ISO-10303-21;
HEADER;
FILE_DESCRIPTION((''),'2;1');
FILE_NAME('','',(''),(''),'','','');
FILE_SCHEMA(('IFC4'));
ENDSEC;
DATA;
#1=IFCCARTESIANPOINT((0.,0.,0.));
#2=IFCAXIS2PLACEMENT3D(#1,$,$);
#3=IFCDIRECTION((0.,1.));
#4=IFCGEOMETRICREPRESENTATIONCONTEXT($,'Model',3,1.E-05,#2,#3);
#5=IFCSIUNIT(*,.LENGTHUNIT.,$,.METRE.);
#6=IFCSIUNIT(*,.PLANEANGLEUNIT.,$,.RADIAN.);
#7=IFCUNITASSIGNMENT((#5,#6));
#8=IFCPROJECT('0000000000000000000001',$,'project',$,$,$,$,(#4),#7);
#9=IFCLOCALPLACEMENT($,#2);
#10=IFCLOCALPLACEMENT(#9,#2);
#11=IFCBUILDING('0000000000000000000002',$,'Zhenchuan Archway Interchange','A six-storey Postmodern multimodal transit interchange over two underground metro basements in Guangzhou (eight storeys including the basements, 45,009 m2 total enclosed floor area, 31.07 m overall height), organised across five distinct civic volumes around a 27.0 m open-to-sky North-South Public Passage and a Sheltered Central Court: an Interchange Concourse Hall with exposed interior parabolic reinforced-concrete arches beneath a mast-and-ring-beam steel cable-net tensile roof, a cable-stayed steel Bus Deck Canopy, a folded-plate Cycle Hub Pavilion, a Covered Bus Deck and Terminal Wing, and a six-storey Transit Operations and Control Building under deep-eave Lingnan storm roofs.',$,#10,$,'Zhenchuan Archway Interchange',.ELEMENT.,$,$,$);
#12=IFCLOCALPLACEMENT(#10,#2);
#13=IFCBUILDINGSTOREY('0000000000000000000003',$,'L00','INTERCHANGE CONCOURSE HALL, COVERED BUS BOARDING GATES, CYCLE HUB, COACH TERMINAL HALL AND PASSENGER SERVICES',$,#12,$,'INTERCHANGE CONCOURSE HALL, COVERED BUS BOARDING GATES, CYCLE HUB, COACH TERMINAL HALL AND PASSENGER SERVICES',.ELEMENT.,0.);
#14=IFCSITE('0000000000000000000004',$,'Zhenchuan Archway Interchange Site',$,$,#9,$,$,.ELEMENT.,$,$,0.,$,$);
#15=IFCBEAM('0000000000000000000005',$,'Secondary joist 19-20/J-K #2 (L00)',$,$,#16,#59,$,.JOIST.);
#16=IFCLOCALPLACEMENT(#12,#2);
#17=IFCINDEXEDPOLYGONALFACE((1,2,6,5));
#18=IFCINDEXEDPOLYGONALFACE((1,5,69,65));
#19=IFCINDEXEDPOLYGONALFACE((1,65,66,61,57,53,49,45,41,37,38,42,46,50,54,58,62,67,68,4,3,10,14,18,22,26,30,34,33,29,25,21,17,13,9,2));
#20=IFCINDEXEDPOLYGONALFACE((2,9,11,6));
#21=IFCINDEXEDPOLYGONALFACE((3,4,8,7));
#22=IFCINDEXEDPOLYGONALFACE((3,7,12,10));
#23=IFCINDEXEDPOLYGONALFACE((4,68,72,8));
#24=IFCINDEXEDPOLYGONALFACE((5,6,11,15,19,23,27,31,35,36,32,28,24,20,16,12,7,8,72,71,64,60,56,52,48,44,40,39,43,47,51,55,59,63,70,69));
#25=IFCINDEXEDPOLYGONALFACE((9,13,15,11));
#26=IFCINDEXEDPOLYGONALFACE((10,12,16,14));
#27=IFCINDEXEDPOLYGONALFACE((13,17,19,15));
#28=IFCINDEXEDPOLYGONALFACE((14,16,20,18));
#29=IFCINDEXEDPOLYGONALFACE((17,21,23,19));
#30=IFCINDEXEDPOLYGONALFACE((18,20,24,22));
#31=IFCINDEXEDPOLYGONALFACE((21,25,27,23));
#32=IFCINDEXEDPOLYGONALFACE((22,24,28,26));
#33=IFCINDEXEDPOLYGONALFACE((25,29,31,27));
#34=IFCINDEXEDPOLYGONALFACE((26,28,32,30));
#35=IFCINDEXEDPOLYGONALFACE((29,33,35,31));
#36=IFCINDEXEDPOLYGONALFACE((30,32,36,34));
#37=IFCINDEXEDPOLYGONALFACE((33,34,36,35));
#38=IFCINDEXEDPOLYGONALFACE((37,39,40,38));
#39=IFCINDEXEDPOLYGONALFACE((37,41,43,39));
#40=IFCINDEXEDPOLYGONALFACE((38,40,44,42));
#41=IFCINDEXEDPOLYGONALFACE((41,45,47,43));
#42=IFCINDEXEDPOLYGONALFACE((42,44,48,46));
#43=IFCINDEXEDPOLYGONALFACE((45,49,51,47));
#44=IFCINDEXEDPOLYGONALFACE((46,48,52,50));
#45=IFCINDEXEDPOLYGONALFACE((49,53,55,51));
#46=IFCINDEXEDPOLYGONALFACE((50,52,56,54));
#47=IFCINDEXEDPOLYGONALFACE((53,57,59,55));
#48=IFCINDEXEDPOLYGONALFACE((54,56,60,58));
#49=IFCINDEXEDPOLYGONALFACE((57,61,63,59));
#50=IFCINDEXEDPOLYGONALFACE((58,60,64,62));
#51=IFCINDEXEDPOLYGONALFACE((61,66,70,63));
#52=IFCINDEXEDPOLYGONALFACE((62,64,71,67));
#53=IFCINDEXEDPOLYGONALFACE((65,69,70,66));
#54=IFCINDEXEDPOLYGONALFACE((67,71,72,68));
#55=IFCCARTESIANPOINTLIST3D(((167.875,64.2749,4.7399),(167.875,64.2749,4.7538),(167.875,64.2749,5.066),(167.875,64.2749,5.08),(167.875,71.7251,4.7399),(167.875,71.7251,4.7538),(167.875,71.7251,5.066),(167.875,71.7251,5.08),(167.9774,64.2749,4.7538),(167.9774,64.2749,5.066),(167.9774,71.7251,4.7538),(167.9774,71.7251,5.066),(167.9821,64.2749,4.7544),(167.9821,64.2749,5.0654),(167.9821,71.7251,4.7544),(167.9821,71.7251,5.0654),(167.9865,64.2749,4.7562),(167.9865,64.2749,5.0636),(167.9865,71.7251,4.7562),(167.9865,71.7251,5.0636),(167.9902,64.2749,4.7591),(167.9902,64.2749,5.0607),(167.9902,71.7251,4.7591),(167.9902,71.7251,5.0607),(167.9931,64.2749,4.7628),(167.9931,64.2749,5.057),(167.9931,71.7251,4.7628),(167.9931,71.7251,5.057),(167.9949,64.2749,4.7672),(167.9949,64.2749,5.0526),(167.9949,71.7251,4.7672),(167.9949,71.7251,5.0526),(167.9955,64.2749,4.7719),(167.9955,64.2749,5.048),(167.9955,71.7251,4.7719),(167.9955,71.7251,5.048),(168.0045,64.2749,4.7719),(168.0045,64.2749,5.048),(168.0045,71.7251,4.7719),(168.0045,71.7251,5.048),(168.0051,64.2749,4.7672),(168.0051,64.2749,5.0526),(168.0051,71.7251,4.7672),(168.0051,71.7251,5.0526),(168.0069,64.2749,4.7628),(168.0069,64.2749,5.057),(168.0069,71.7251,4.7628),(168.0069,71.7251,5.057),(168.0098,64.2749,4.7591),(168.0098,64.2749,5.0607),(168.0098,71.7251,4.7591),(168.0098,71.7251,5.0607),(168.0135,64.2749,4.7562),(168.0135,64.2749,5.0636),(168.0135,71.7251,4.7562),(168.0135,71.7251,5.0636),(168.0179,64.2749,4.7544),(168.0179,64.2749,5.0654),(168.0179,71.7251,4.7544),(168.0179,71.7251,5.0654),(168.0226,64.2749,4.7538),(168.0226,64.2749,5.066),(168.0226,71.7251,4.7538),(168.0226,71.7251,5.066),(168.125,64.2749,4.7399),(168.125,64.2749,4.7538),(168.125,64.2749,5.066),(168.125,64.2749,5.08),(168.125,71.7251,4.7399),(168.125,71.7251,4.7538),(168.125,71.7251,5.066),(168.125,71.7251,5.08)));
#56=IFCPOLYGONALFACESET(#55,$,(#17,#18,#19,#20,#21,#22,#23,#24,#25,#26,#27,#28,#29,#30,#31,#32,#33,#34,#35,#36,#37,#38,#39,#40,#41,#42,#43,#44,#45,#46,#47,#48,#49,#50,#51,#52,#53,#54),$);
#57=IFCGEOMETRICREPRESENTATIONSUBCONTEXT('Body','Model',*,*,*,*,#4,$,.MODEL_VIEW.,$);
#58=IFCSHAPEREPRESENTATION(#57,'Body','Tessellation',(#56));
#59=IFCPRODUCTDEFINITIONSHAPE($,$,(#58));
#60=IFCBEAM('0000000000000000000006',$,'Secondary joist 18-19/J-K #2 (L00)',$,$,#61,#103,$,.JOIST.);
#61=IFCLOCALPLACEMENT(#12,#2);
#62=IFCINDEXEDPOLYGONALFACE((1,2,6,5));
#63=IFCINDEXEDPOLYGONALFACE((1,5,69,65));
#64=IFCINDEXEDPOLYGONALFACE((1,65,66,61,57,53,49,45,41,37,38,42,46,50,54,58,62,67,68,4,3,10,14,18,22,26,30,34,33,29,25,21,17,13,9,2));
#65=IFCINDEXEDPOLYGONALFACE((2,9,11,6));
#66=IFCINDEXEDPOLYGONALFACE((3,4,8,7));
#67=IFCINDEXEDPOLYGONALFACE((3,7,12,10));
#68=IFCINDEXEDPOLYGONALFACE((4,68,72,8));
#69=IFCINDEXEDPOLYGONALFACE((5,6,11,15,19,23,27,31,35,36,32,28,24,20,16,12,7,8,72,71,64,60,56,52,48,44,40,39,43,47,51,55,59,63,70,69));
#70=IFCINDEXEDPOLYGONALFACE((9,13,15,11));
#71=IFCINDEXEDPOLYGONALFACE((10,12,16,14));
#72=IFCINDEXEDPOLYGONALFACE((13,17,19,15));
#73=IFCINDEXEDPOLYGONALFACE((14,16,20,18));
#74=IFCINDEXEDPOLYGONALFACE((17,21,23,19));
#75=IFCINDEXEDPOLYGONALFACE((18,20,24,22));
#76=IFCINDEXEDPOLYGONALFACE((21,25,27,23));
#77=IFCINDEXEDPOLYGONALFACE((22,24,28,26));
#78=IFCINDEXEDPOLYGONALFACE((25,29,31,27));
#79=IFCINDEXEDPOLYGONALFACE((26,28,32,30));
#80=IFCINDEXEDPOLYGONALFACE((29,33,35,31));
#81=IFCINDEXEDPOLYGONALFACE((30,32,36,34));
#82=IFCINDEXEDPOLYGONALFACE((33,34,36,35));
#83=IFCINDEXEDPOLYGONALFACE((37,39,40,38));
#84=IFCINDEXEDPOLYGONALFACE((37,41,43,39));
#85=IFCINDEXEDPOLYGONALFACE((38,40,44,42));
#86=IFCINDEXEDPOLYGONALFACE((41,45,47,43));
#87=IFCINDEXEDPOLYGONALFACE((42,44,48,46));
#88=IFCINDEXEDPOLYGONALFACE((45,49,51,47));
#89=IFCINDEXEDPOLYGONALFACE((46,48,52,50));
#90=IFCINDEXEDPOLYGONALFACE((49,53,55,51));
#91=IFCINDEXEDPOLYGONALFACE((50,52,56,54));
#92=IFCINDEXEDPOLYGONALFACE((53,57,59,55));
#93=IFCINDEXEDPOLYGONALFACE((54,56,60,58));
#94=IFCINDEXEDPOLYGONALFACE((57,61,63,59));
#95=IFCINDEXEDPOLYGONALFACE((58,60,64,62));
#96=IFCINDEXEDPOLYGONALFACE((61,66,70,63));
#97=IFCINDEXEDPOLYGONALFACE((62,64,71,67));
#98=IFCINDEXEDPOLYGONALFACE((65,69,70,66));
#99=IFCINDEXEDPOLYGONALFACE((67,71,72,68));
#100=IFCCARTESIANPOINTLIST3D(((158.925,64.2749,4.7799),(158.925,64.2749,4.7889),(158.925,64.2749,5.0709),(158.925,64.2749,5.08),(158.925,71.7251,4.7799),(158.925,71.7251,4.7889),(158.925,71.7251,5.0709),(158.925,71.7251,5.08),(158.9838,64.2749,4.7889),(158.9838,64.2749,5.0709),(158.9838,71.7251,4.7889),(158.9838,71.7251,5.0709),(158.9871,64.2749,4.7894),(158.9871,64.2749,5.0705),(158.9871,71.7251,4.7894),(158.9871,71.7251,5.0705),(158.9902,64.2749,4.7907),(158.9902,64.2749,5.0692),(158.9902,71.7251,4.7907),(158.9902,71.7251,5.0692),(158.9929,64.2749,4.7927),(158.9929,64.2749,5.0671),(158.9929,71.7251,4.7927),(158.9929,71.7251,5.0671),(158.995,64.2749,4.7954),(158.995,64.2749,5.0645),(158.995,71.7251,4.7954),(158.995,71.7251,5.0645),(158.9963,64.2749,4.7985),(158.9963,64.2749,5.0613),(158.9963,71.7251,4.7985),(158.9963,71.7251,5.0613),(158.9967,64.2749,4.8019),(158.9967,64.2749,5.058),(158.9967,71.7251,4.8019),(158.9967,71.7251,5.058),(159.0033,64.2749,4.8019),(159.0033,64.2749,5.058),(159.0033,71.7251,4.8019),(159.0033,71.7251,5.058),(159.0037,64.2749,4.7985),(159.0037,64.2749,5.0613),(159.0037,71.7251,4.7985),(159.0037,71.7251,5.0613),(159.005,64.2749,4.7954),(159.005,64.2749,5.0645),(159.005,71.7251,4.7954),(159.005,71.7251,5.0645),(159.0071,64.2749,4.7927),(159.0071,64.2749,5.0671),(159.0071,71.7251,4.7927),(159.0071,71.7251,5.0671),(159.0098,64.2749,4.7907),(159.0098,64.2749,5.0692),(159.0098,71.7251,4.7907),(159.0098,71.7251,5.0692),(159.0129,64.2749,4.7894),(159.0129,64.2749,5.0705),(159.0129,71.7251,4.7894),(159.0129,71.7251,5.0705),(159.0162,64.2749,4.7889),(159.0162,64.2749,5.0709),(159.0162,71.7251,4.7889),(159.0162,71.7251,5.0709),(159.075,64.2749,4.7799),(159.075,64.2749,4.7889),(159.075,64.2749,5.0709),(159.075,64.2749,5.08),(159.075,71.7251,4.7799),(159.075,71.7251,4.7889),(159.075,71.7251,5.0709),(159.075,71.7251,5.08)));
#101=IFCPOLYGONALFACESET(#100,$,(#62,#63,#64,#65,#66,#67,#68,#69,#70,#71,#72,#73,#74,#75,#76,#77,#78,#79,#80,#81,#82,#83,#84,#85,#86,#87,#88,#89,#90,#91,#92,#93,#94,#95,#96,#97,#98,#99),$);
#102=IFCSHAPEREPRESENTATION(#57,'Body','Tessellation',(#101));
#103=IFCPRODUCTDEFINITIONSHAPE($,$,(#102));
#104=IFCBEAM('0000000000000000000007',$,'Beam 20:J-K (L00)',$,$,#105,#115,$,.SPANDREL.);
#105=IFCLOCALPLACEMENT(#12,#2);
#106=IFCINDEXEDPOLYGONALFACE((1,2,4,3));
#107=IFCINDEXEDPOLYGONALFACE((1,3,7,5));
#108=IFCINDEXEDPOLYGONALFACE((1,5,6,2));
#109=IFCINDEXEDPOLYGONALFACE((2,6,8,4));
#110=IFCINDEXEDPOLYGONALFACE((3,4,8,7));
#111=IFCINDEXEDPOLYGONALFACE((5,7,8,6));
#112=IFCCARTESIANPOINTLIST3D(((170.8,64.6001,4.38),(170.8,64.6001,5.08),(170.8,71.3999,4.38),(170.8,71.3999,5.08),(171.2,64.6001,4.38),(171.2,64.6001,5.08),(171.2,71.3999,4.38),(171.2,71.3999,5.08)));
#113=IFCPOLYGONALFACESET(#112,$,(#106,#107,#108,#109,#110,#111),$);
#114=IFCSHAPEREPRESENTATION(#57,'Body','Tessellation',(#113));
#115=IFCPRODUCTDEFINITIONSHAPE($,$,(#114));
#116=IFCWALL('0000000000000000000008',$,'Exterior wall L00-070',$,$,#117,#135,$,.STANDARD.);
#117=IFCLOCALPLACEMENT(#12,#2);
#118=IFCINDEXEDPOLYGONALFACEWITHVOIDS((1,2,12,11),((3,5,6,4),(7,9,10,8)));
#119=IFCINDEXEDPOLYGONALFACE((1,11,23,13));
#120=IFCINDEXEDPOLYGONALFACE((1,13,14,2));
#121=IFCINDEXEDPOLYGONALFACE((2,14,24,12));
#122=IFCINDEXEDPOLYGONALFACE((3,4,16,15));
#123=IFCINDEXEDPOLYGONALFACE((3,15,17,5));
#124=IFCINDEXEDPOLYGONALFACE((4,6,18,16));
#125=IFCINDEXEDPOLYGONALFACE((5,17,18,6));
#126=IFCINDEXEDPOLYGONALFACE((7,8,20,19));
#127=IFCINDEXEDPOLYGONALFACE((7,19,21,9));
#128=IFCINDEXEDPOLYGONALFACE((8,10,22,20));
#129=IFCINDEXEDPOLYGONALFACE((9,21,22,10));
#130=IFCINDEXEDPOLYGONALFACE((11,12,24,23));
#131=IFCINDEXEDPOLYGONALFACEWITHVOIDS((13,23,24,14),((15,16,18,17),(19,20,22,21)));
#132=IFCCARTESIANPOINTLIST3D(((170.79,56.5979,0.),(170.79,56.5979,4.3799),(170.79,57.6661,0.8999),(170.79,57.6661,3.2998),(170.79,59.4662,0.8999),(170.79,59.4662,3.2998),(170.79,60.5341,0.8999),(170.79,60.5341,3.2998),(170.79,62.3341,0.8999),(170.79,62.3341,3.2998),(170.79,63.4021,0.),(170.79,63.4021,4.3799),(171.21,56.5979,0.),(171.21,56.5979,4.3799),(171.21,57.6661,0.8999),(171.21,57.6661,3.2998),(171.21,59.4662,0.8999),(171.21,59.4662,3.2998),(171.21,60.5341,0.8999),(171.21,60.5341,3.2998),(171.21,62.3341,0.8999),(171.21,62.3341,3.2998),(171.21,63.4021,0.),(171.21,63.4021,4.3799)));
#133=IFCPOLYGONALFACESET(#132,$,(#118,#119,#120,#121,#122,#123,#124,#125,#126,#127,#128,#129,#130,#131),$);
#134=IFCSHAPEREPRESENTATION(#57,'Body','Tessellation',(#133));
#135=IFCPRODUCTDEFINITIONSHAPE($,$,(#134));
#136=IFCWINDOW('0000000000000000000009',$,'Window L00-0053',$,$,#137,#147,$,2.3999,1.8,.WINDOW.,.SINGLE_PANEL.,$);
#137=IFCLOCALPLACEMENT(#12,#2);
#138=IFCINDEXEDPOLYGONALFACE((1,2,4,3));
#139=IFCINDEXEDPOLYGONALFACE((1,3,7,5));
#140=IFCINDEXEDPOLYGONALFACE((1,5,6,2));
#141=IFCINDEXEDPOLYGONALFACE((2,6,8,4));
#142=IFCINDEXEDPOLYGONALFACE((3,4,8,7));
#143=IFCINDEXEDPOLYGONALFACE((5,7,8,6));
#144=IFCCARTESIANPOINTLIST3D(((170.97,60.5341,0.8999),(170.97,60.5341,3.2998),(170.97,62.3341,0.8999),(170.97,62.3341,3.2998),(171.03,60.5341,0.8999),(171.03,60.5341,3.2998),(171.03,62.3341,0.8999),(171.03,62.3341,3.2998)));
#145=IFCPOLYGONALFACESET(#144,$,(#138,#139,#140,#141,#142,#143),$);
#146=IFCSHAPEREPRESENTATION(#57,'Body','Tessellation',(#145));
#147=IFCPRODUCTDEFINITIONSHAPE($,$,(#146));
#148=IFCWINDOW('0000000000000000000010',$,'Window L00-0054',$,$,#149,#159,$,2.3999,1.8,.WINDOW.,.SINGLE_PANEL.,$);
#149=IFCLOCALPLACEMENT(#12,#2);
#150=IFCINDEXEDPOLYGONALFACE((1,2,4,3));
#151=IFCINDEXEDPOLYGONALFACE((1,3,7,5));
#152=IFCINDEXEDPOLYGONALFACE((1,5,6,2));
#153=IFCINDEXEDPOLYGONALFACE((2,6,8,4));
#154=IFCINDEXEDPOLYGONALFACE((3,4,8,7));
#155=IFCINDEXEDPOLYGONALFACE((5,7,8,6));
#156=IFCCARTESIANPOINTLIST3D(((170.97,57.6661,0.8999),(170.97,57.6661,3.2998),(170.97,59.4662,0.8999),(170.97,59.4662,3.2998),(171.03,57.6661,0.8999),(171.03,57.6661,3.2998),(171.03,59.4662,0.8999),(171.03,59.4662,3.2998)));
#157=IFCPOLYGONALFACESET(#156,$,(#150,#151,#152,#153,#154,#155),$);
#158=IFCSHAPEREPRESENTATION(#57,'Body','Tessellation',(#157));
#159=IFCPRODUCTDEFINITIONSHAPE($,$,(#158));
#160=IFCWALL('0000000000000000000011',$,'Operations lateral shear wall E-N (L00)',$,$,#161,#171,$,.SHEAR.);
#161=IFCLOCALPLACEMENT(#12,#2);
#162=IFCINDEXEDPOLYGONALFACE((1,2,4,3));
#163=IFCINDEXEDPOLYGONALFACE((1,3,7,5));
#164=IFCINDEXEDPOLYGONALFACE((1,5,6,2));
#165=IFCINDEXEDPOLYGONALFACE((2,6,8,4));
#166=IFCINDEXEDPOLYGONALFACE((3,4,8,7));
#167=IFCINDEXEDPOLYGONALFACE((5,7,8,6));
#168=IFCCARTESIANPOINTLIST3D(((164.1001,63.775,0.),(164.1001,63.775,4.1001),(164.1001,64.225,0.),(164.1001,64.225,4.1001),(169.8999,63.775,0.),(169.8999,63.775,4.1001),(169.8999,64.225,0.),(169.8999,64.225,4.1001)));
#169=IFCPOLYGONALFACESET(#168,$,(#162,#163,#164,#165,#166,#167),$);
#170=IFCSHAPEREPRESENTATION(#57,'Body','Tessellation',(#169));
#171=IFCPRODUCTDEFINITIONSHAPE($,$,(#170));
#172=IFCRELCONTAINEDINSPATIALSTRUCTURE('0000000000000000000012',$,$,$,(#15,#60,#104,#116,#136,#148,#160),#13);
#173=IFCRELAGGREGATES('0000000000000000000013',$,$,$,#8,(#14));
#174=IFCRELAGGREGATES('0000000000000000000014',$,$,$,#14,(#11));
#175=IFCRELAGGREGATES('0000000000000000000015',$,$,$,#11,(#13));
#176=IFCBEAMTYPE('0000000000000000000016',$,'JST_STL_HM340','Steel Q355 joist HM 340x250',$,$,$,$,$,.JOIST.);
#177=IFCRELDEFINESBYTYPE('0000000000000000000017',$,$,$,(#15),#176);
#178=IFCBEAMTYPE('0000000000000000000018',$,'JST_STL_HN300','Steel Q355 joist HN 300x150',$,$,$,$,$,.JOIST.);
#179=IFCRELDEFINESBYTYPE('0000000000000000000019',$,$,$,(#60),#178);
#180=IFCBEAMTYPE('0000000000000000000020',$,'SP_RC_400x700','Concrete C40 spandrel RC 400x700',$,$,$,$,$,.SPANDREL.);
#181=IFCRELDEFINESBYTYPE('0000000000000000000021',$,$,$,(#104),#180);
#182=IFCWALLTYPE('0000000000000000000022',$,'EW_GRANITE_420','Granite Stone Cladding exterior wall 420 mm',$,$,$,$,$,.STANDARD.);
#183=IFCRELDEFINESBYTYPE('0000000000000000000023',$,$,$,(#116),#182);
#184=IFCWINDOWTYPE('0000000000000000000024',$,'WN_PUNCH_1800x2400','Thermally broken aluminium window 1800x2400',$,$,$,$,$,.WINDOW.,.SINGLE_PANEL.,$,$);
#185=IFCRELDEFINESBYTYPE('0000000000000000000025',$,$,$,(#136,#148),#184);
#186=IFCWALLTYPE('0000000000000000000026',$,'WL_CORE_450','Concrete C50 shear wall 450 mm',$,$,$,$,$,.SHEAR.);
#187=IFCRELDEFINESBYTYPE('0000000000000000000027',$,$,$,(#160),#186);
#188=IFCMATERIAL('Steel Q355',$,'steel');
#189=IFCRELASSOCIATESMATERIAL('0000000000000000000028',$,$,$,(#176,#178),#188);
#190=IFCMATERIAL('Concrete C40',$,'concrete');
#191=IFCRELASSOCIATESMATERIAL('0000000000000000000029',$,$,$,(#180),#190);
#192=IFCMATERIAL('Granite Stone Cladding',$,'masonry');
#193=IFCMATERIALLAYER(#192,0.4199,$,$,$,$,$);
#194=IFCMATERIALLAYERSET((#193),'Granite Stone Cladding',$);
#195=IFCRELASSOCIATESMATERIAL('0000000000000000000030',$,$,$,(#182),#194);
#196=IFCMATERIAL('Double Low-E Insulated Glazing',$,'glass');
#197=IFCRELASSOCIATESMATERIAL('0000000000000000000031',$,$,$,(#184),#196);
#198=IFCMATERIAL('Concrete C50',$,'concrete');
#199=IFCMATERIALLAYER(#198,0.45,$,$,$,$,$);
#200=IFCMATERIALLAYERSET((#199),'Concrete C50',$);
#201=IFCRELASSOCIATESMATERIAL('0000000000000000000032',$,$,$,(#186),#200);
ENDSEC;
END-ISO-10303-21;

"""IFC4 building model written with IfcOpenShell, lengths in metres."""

from ifc_helpers import new_model, si_unit, direction, frame, frame_2d, origin, origin_2d, place, context, subcontext, project, spatial, rectangle, i_section, extrude, material, layer, layer_set, material_profile, profile_set, type_object, element, fill, save


model = new_model("IFC4")

# Units and contexts
model_context = context("Model", 3, precision=1e-05, world=origin(), true_north=direction((0.0, 1.0)))
body_context = subcontext(model_context, "Body", "Model", "MODEL_VIEW")
ifc_project = project(units=[si_unit("LENGTHUNIT", "METRE"), si_unit("PLANEANGLEUNIT", "RADIAN")], contexts=[model_context])

# Site, building, storey
site_placement = place(None, origin())
site = spatial("IfcSite", under=ifc_project, at=site_placement, Name="Zhenchuan Archway Interchange Site", CompositionType="ELEMENT", RefElevation=0.0)
building_placement = place(site_placement, origin())
building = spatial("IfcBuilding", under=site, at=building_placement, Name="Zhenchuan Archway Interchange", Description="A six-storey Postmodern multimodal transit interchange over two underground metro basements in Guangzhou (eight storeys including the basements, 45,009 m2 total enclosed floor area, 31.07 m overall height), organised across five distinct civic volumes around a 27.0 m open-to-sky North-South Public Passage and a Sheltered Central Court: an Interchange Concourse Hall with exposed interior parabolic reinforced-concrete arches beneath a mast-and-ring-beam steel cable-net tensile roof, a cable-stayed steel Bus Deck Canopy, a folded-plate Cycle Hub Pavilion, a Covered Bus Deck and Terminal Wing, and a six-storey Transit Operations and Control Building under deep-eave Lingnan storm roofs.", LongName="Zhenchuan Archway Interchange", CompositionType="ELEMENT")
storey_placement = place(building_placement, origin())
storey = spatial("IfcBuildingStorey", under=building, at=storey_placement, Name="L00", Description="INTERCHANGE CONCOURSE HALL, COVERED BUS BOARDING GATES, CYCLE HUB, COACH TERMINAL HALL AND PASSENGER SERVICES", LongName="INTERCHANGE CONCOURSE HALL, COVERED BUS BOARDING GATES, CYCLE HUB, COACH TERMINAL HALL AND PASSENGER SERVICES", CompositionType="ELEMENT", Elevation=0.0)

# Shared definitions
ifc_material_1 = material(Name="Concrete C50", Category="concrete")

# Shared definitions
ifc_material_2 = material(Name="Concrete C40", Category="concrete")

# Beams
ifc_material_3 = material(Name="Steel Q355", Category="steel")
ifc_material_profile_1 = material_profile(ifc_material_3, i_section(OverallWidth=0.25, OverallDepth=0.3401, WebThickness=0.009, FlangeThickness=0.0139, FilletRadius=0.0181, at=origin_2d()), Name="HM 340x250")
ifc_profile_set_1 = profile_set([ifc_material_profile_1], Name="Steel Q355")
beam_type_1 = type_object("IfcBeamType", Name="JST_STL_HM340", Description="Steel Q355 joist HM 340x250", PredefinedType="JOIST", material=ifc_profile_set_1)
for number, where, z_axis, x_axis, name in (
    (1, (168.0, 64.2749, 4.9099), (0.0, 1.0, 0.0), (-1.0, 0.0, 0.0), "Secondary joist 19-20/J-K #2 (L00)"),
):
    element("IfcBeam", number, at=place(storey_placement, frame(where, z_axis=z_axis, x_axis=x_axis)), inside=storey, type_object=beam_type_1, Name=name, PredefinedType="JOIST", context=body_context, shape_type="SweptSolid", body=[
        extrude(i_section(OverallWidth=0.25, OverallDepth=0.3401, WebThickness=0.009, FlangeThickness=0.0139, FilletRadius=0.0181, at=origin_2d()), origin(), (0.0, 0.0, 1.0), 7.4502),
    ])
ifc_material_profile_2 = material_profile(ifc_material_3, i_section(OverallWidth=0.1499, OverallDepth=0.3, WebThickness=0.0066, FlangeThickness=0.009, FilletRadius=0.0129, at=origin_2d()), Name="HN 300x150")
ifc_profile_set_2 = profile_set([ifc_material_profile_2], Name="Steel Q355")
beam_type_2 = type_object("IfcBeamType", Name="JST_STL_HN300", Description="Steel Q355 joist HN 300x150", PredefinedType="JOIST", material=ifc_profile_set_2)
beam_1_placement = place(storey_placement, frame((159.0, 64.2749, 4.9299), z_axis=(0.0, 1.0, 0.0), x_axis=(-1.0, 0.0, 0.0)))
element("IfcBeam", 2, at=beam_1_placement, inside=storey, type_object=beam_type_2, Name="Secondary joist 18-19/J-K #2 (L00)", PredefinedType="JOIST", context=body_context, shape_type="SweptSolid", body=[
    extrude(i_section(OverallWidth=0.1499, OverallDepth=0.3, WebThickness=0.0066, FlangeThickness=0.009, FilletRadius=0.0129, at=origin_2d()), origin(), (0.0, 0.0, 1.0), 7.4502),
])
ifc_material_profile_3 = material_profile(ifc_material_2, rectangle(XDim=0.3999, YDim=0.7, at=origin_2d()), Name="RC 400x700")
ifc_profile_set_3 = profile_set([ifc_material_profile_3], Name="Concrete C40")
beam_type_3 = type_object("IfcBeamType", Name="SP_RC_400x700", Description="Concrete C40 spandrel RC 400x700", PredefinedType="SPANDREL", material=ifc_profile_set_3)
beam_2_placement = place(storey_placement, frame((171.0, 64.6001, 4.73), z_axis=(0.0, 1.0, 0.0), x_axis=(-1.0, 0.0, 0.0)))
element("IfcBeam", 3, at=beam_2_placement, inside=storey, type_object=beam_type_3, Name="Beam 20:J-K (L00)", PredefinedType="SPANDREL", context=body_context, shape_type="SweptSolid", body=[
    extrude(rectangle(XDim=0.3999, YDim=0.7, at=origin_2d()), origin(), (0.0, 0.0, 1.0), 6.7998),
])

# Wall, openings, windows
ifc_material_4 = material(Name="Granite Stone Cladding", Category="masonry")
ifc_layer_1 = layer(ifc_material_4, 0.4199)
ifc_layer_set_1 = layer_set([ifc_layer_1], Name="Granite Stone Cladding")
wall_type_1 = type_object("IfcWallType", Name="EW_GRANITE_420", Description="Granite Stone Cladding exterior wall 420 mm", PredefinedType="STANDARD", material=ifc_layer_set_1)
wall_1_placement = place(storey_placement, frame((171.0, 63.4021, 0.0), z_axis=(0.0, 0.0, 1.0), x_axis=(0.0, -1.0, 0.0)))
wall_1 = element("IfcWall", 4, at=wall_1_placement, inside=storey, type_object=wall_type_1, Name="Exterior wall L00-070", PredefinedType="STANDARD", context=body_context, shape_type="SweptSolid", body=[
    extrude(rectangle(XDim=6.8042, YDim=0.4199, at=frame_2d((3.4021, 0.0))), origin(), (0.0, 0.0, 1.0), 4.3799),
])
opening_1_placement = place(wall_1_placement, frame((1.0681, 0.0, 0.8999)))
opening_1 = element("IfcOpeningElement", 5, at=opening_1_placement, cuts=wall_1, PredefinedType="OPENING", context=body_context, shape_type="SweptSolid", body=[
    extrude(rectangle(XDim=1.8, YDim=2.3999, at=frame_2d((0.8999, 1.2))), frame((0.0, 0.2219, 0.0), z_axis=(0.0, -1.0, 0.0), x_axis=(1.0, 0.0, 0.0)), (0.0, 0.0, 1.0), 0.4438),
])
opening_2_placement = place(wall_1_placement, frame((3.936, 0.0, 0.8999)))
opening_2 = element("IfcOpeningElement", 6, at=opening_2_placement, cuts=wall_1, PredefinedType="OPENING", context=body_context, shape_type="SweptSolid", body=[
    extrude(rectangle(XDim=1.8, YDim=2.3999, at=frame_2d((0.8999, 1.2))), frame((0.0, 0.2219, 0.0), z_axis=(0.0, -1.0, 0.0), x_axis=(1.0, 0.0, 0.0)), (0.0, 0.0, 1.0), 0.4438),
])
ifc_material_5 = material(Name="Double Low-E Insulated Glazing", Category="glass")
window_type = type_object("IfcWindowType", Name="WN_PUNCH_1800x2400", Description="Thermally broken aluminium window 1800x2400", PartitioningType="SINGLE_PANEL", PredefinedType="WINDOW", material=ifc_material_5)
window_1_placement = place(opening_1_placement, origin())
window_1 = element("IfcWindow", 7, at=window_1_placement, inside=storey, type_object=window_type, Name="Window L00-0053", OverallHeight=2.3999, OverallWidth=1.8, PartitioningType="SINGLE_PANEL", PredefinedType="WINDOW", context=body_context, shape_type="SweptSolid", body=[
    extrude(rectangle(XDim=1.8, YDim=2.3999, at=frame_2d((0.8999, 1.2))), frame((0.0, 0.03, 0.0), z_axis=(0.0, -1.0, 0.0), x_axis=(1.0, 0.0, 0.0)), (0.0, 0.0, 1.0), 0.0601),
])
fill(opening_1, window_1)
window_2_placement = place(opening_2_placement, origin())
window_2 = element("IfcWindow", 8, at=window_2_placement, inside=storey, type_object=window_type, Name="Window L00-0054", OverallHeight=2.3999, OverallWidth=1.8, PartitioningType="SINGLE_PANEL", PredefinedType="WINDOW", context=body_context, shape_type="SweptSolid", body=[
    extrude(rectangle(XDim=1.8, YDim=2.3999, at=frame_2d((0.8999, 1.2))), frame((0.0, 0.03, 0.0), z_axis=(0.0, -1.0, 0.0), x_axis=(1.0, 0.0, 0.0)), (0.0, 0.0, 1.0), 0.0601),
])
fill(opening_2, window_2)

# Wall
ifc_layer_2 = layer(ifc_material_1, 0.45)
ifc_layer_set_2 = layer_set([ifc_layer_2], Name="Concrete C50")
wall_type_2 = type_object("IfcWallType", Name="WL_CORE_450", Description="Concrete C50 shear wall 450 mm", PredefinedType="SHEAR", material=ifc_layer_set_2)
wall_2_placement = place(storey_placement, frame((164.1001, 64.0, 0.0), z_axis=(0.0, 0.0, 1.0), x_axis=(1.0, 0.0, 0.0)))
element("IfcWall", 9, at=wall_2_placement, inside=storey, type_object=wall_type_2, Name="Operations lateral shear wall E-N (L00)", PredefinedType="SHEAR", context=body_context, shape_type="SweptSolid", body=[
    extrude(rectangle(XDim=5.7998, YDim=0.45, at=frame_2d((2.8999, 0.0))), origin(), (0.0, 0.0, 1.0), 4.1001),
])

save(model, "model.ifc")
